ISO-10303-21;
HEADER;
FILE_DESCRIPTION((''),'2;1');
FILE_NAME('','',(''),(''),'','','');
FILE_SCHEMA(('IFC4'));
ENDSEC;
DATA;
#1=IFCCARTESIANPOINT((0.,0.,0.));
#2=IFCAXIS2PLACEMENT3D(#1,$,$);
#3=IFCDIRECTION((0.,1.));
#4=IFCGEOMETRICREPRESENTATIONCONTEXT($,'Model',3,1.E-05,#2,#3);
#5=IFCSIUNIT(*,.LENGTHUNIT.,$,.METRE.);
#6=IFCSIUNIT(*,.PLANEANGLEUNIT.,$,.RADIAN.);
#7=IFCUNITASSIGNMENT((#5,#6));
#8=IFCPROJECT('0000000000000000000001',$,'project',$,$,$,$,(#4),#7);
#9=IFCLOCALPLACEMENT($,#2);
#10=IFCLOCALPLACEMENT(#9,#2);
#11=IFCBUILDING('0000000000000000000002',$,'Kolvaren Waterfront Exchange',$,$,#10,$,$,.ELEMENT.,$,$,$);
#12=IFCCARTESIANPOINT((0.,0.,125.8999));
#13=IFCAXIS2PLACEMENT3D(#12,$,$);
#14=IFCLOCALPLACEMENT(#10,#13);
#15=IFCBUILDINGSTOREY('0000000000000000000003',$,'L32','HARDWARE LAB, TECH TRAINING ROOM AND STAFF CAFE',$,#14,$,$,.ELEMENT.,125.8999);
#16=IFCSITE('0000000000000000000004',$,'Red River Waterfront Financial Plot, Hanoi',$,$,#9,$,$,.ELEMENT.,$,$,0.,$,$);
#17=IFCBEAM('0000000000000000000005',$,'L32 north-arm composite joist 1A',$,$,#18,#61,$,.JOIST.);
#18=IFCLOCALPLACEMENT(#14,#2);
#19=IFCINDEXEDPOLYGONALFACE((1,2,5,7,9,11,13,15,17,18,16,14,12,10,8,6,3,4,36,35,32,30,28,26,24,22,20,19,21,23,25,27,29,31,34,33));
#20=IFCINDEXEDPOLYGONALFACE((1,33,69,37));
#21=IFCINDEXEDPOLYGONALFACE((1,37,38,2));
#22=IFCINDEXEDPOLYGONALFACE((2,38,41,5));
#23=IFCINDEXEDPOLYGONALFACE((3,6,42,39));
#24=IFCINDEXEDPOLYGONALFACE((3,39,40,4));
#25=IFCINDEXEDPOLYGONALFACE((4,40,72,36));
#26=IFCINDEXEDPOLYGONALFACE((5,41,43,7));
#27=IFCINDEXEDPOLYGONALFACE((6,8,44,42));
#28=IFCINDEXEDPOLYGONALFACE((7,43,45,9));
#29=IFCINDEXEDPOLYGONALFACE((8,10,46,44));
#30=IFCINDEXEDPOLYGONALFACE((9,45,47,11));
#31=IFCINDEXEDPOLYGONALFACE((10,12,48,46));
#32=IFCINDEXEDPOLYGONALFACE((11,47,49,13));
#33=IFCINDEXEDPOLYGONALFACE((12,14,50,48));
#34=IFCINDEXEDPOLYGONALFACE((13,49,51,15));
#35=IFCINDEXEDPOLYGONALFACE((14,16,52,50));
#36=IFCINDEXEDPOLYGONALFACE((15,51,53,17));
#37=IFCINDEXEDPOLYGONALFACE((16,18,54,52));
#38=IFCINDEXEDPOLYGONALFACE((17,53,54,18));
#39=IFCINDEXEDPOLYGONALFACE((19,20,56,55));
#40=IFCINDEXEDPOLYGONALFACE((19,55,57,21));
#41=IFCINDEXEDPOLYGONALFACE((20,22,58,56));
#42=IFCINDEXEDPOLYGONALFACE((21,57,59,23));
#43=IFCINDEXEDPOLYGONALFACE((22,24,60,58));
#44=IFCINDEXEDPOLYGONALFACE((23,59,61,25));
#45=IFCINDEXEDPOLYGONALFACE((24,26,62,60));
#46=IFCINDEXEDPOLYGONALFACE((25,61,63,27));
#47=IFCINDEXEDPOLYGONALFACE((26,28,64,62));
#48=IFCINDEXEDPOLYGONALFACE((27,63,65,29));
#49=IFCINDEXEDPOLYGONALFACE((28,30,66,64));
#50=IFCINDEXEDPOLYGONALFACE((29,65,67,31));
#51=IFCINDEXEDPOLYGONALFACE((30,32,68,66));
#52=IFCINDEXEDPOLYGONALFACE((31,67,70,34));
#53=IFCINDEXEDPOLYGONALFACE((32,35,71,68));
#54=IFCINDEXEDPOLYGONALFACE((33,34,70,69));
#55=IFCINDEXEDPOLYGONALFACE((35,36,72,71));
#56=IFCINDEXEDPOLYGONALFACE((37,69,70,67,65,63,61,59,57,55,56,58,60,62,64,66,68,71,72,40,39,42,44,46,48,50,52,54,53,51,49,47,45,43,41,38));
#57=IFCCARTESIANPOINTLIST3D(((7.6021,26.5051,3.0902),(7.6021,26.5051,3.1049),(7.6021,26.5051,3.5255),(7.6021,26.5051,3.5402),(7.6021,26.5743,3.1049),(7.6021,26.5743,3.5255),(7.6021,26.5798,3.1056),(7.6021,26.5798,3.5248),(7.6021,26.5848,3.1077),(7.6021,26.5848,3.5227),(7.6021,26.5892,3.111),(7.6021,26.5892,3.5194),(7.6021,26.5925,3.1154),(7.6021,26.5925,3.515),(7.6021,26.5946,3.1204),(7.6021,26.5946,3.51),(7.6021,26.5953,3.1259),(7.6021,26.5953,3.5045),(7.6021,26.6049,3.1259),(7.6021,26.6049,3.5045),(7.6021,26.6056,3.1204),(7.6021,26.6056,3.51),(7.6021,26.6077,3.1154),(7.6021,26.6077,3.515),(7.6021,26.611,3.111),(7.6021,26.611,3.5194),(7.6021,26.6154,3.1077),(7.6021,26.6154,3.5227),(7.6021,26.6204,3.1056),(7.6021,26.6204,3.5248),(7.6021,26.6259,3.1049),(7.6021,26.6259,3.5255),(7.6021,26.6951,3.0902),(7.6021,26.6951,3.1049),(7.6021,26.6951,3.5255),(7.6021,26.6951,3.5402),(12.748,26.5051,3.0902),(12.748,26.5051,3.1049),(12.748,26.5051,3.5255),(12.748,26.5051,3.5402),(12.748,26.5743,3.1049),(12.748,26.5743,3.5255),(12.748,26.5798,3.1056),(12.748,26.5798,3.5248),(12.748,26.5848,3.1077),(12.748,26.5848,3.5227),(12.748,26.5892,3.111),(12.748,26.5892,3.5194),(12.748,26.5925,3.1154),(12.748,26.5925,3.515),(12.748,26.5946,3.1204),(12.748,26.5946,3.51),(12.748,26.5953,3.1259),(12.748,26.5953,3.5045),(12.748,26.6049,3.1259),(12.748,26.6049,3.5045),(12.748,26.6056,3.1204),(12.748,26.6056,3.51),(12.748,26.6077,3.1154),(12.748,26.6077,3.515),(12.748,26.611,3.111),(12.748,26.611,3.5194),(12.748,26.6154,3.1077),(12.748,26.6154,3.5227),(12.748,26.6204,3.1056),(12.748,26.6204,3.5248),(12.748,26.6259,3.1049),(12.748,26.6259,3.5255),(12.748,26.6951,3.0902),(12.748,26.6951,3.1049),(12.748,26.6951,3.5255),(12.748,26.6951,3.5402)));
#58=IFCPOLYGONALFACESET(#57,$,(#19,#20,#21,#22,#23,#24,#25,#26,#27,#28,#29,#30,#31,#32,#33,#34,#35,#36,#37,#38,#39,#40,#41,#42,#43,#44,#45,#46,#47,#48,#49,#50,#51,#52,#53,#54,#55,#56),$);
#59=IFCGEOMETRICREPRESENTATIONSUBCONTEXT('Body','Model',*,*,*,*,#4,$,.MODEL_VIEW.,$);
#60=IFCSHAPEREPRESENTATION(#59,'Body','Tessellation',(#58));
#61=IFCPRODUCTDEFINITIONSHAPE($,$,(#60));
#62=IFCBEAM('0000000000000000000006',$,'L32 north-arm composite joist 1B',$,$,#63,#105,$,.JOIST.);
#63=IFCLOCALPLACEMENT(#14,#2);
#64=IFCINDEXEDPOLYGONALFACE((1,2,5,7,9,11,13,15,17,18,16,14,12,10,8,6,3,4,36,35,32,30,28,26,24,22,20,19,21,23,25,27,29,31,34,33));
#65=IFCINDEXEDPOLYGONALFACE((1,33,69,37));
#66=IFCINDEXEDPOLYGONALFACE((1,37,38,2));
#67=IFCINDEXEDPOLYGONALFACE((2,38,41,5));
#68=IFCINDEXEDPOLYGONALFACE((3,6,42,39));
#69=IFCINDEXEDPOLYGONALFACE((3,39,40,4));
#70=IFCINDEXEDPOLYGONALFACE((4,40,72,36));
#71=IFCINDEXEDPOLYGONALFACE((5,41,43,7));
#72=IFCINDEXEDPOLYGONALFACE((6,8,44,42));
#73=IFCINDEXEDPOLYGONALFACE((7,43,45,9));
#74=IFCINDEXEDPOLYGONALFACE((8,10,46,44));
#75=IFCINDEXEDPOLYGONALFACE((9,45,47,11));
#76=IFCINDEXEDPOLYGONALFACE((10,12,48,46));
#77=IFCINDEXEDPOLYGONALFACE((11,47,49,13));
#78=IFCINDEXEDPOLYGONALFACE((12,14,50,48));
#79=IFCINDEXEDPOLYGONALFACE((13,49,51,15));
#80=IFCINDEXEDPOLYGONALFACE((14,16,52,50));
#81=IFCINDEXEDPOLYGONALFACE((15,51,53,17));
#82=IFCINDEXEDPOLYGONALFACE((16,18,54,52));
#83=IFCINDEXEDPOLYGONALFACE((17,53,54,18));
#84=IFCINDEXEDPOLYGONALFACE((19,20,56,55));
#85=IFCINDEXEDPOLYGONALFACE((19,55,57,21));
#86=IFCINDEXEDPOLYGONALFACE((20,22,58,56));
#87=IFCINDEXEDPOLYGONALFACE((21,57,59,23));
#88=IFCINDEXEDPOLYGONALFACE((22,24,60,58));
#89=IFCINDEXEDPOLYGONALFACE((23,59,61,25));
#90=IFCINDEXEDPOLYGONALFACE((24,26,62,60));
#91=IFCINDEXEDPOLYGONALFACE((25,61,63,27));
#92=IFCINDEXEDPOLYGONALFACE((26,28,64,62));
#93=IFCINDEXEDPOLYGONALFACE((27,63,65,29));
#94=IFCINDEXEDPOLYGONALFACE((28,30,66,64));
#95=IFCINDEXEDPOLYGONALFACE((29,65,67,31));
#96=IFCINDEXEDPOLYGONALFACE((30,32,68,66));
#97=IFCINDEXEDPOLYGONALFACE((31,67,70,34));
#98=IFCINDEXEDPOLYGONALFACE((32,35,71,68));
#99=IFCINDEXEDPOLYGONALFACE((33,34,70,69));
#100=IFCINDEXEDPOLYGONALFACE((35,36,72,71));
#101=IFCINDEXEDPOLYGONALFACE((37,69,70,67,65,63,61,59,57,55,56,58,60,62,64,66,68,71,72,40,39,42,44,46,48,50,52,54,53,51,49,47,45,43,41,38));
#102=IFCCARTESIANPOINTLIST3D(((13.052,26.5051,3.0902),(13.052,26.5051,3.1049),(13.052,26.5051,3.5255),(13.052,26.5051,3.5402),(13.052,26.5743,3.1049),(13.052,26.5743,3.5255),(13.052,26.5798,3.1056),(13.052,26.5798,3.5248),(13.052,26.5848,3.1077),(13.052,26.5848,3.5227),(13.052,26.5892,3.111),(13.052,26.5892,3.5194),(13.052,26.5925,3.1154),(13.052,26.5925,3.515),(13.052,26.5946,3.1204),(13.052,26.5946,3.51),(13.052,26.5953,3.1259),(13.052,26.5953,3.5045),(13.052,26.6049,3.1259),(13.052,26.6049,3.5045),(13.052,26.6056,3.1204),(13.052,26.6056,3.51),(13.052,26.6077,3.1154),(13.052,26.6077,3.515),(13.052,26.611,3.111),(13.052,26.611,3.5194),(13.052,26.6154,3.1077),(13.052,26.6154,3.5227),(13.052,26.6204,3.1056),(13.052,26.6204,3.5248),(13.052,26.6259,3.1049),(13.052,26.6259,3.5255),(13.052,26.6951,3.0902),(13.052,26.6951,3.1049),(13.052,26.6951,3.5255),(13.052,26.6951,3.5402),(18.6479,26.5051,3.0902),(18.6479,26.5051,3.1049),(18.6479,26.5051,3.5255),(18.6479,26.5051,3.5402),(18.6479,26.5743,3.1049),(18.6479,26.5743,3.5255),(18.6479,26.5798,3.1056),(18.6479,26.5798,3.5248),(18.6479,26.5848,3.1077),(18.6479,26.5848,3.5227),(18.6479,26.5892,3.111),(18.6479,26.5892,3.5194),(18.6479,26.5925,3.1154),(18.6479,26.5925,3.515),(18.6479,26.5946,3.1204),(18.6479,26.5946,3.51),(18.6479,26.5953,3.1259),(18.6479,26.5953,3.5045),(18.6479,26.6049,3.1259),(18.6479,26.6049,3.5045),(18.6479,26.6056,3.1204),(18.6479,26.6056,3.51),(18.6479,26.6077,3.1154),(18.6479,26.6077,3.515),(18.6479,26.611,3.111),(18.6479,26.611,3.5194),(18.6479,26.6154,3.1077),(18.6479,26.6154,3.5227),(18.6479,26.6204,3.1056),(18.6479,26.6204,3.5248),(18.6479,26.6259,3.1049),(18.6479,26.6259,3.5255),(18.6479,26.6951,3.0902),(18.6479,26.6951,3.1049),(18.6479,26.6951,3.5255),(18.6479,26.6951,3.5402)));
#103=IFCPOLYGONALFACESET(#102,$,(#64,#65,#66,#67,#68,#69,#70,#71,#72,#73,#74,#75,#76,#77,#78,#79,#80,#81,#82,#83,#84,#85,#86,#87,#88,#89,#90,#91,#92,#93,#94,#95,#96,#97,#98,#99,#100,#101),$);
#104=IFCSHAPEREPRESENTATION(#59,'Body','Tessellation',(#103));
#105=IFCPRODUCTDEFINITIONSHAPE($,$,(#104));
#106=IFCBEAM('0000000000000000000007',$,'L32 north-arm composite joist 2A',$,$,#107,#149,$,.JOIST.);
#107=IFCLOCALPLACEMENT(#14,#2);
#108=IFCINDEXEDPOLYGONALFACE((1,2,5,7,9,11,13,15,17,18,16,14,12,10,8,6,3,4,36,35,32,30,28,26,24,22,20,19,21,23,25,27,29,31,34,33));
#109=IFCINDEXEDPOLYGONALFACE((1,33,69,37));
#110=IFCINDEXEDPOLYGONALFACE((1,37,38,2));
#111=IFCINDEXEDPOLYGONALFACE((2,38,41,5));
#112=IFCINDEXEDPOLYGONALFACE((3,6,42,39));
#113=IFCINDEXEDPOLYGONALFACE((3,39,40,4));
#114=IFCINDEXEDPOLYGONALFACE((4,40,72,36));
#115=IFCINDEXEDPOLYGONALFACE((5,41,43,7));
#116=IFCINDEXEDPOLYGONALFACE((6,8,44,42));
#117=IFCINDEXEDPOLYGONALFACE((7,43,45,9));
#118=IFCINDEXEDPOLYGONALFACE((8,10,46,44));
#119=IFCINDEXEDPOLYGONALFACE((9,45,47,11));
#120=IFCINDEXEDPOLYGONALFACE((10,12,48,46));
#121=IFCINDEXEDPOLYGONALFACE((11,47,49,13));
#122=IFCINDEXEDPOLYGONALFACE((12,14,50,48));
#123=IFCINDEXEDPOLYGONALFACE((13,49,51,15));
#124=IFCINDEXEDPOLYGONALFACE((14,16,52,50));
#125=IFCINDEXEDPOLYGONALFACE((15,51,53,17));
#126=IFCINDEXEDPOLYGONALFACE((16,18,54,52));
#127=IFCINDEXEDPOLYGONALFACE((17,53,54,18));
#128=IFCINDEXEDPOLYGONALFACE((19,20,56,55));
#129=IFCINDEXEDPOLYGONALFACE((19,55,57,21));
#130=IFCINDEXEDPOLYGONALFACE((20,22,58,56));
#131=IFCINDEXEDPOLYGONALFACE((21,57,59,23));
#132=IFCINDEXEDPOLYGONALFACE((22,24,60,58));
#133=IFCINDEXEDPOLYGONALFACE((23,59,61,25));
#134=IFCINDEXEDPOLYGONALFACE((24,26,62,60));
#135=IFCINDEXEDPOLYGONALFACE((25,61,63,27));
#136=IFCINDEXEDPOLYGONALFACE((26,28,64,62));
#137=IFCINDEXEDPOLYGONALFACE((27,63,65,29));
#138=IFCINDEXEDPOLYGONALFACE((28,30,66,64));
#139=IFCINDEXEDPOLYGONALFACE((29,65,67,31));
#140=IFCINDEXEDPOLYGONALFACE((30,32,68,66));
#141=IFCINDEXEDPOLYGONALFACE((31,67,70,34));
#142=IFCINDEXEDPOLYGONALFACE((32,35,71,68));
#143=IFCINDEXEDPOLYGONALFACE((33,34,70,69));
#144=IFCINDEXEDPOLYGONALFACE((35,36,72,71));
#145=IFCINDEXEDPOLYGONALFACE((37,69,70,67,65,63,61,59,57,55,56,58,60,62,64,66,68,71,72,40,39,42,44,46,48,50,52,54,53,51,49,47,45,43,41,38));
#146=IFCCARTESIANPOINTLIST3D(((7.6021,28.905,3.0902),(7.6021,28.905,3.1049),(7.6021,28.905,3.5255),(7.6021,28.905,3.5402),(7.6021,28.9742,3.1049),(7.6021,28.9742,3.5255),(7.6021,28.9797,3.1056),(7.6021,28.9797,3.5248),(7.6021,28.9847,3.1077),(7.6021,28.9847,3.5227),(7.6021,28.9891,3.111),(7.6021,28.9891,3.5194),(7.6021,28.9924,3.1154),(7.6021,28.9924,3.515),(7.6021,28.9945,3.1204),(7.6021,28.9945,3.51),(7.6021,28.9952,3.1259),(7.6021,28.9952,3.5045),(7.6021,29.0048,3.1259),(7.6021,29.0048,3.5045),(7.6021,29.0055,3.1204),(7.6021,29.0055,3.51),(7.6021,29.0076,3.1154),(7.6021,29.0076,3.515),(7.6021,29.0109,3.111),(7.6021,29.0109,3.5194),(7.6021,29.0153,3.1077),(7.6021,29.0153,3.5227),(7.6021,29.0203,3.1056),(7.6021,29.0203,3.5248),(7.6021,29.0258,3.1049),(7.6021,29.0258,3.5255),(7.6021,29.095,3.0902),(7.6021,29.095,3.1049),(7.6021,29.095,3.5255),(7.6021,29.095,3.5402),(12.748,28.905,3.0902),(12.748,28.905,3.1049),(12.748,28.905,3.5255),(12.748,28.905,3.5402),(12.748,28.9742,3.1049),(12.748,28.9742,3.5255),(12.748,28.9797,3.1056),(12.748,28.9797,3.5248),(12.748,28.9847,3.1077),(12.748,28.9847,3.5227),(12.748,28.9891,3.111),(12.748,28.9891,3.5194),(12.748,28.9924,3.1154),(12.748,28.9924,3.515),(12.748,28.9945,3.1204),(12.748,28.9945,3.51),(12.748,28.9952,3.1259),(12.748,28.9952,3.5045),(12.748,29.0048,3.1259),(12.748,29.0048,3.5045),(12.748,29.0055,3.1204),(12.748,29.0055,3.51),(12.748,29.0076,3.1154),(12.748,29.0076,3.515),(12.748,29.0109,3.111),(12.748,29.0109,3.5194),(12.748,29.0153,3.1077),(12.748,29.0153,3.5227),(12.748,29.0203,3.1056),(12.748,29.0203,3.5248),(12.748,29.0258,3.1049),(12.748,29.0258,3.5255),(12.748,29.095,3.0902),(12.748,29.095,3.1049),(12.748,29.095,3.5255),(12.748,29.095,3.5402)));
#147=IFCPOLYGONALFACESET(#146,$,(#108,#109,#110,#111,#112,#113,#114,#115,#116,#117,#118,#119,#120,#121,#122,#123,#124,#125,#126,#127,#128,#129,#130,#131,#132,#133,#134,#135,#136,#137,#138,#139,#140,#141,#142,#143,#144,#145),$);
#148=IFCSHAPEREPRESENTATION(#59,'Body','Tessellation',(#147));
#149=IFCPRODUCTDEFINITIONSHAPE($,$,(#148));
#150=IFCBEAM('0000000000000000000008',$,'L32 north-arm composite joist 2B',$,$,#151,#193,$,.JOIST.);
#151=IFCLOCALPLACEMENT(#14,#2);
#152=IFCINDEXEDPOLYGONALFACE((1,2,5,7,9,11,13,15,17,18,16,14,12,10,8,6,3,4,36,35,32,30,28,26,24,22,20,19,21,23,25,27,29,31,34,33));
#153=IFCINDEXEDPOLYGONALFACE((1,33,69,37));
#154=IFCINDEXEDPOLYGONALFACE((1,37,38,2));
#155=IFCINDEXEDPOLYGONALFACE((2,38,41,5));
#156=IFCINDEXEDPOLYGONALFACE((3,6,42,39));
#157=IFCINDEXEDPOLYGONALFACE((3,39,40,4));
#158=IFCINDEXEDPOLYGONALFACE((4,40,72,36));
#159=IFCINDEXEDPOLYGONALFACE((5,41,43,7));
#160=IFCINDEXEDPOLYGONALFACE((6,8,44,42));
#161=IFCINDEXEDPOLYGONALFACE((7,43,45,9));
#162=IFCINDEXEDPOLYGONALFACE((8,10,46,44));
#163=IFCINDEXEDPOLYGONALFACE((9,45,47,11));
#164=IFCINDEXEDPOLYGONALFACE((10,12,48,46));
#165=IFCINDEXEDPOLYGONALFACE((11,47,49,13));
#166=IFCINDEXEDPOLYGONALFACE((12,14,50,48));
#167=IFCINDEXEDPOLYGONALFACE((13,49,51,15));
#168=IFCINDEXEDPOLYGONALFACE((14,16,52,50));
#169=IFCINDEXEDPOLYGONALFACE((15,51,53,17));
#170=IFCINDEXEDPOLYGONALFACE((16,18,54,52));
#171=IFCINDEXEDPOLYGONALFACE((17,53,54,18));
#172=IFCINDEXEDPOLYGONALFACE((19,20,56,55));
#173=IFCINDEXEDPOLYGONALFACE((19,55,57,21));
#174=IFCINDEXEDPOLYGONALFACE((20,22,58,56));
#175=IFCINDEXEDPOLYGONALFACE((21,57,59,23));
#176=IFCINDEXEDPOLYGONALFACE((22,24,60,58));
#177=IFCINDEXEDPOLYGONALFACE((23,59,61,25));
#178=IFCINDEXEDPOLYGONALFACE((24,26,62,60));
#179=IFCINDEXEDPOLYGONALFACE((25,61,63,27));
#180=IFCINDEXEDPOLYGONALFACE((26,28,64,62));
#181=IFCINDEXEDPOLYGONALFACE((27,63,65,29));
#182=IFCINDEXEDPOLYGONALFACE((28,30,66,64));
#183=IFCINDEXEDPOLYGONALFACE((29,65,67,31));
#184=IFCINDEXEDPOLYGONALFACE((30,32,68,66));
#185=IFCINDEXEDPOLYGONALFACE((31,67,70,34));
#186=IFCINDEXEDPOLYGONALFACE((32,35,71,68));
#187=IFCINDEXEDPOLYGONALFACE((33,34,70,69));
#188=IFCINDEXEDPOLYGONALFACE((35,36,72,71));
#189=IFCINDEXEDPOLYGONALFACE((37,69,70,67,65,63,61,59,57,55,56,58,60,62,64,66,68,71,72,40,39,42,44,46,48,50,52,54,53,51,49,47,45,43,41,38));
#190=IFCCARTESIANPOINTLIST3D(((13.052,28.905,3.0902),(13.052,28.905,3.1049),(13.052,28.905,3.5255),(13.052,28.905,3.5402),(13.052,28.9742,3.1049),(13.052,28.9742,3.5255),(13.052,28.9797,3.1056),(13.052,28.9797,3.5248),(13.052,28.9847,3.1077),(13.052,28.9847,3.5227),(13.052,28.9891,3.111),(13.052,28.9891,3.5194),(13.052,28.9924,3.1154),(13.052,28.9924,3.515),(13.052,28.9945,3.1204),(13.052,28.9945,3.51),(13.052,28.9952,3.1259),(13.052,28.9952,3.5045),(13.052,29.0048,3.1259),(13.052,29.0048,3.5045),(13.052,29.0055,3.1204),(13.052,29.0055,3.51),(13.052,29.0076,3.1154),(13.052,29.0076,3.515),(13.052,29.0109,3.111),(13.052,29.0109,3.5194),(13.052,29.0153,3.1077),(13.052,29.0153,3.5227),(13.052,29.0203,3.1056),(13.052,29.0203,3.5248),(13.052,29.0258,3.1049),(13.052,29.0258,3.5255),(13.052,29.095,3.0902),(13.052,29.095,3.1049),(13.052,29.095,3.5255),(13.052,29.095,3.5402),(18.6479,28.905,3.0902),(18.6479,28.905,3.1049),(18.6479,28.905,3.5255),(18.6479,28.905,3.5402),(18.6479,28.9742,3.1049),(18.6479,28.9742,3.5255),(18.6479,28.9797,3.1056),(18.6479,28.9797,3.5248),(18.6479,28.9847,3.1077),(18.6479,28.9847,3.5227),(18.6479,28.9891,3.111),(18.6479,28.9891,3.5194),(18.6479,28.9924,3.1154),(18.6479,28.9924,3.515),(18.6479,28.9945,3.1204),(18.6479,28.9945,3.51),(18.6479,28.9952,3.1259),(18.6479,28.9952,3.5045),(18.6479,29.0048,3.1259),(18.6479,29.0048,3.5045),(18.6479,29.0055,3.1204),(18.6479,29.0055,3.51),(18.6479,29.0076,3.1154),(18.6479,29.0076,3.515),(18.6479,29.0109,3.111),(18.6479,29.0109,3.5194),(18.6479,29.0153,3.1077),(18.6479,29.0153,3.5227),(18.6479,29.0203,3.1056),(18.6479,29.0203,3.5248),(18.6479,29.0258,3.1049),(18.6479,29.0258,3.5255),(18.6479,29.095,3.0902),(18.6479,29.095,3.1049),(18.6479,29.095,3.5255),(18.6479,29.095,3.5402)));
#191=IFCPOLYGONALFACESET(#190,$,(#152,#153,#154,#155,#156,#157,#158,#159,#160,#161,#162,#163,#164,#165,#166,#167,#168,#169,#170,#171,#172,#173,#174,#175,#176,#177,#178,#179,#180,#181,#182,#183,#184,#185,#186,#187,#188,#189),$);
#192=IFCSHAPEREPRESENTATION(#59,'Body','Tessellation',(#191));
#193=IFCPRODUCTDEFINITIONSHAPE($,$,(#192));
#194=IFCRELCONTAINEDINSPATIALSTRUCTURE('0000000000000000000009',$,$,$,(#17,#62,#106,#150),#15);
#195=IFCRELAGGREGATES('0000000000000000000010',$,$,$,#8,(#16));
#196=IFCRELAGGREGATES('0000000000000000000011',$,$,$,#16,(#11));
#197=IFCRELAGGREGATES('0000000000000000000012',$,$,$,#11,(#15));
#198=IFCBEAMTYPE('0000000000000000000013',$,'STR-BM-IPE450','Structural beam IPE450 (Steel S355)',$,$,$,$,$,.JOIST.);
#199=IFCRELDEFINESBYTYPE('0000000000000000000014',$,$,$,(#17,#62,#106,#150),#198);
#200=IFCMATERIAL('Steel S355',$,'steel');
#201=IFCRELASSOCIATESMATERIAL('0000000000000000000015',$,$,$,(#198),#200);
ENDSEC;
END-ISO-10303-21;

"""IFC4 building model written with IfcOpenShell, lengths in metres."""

from ifc_helpers import new_model, si_unit, direction, frame, origin, origin_2d, place, context, subcontext, project, spatial, i_section, extrude, material, material_profile, profile_set, type_object, element, save


model = new_model("IFC4")

# Units and contexts
model_context = context("Model", 3, precision=1e-05, world=origin(), true_north=direction((0.0, 1.0)))
body_context = subcontext(model_context, "Body", "Model", "MODEL_VIEW")
ifc_project = project(units=[si_unit("LENGTHUNIT", "METRE"), si_unit("PLANEANGLEUNIT", "RADIAN")], contexts=[model_context])

# Site, building, storey
site_placement = place(None, origin())
site = spatial("IfcSite", under=ifc_project, at=site_placement, Name="Red River Waterfront Financial Plot, Hanoi", CompositionType="ELEMENT", RefElevation=0.0)
building_placement = place(site_placement, origin())
building = spatial("IfcBuilding", under=site, at=building_placement, Name="Kolvaren Waterfront Exchange", CompositionType="ELEMENT")
storey_placement = place(building_placement, frame((0.0, 0.0, 125.8999)))
storey = spatial("IfcBuildingStorey", under=building, at=storey_placement, Name="L32", Description="HARDWARE LAB, TECH TRAINING ROOM AND STAFF CAFE", CompositionType="ELEMENT", Elevation=125.8999)

# Beams
ifc_material_1 = material(Name="Steel S355", Category="steel")
ifc_material_profile_1 = material_profile(ifc_material_1, i_section(OverallWidth=0.1899, OverallDepth=0.45, WebThickness=0.0095, FlangeThickness=0.0146, FilletRadius=0.021, at=origin_2d()), Name="IPE450")
ifc_profile_set_1 = profile_set([ifc_material_profile_1], Name="Steel S355")
beam_type_1 = type_object("IfcBeamType", Name="STR-BM-IPE450", Description="Structural beam IPE450 (Steel S355)", PredefinedType="JOIST", material=ifc_profile_set_1)
beam_1_placement = place(storey_placement, frame((7.6021, 26.6001, 3.3152), z_axis=(1.0, 0.0, 0.0), x_axis=(0.0, 1.0, 0.0)))
element("IfcBeam", 1, at=beam_1_placement, inside=storey, type_object=beam_type_1, Name="L32 north-arm composite joist 1A", PredefinedType="JOIST", context=body_context, shape_type="SweptSolid", body=[
    extrude(i_section(OverallWidth=0.1899, OverallDepth=0.45, WebThickness=0.0095, FlangeThickness=0.0146, FilletRadius=0.021, at=origin_2d()), origin(), (0.0, 0.0, 1.0), 5.146),
])
beam_2_placement = place(storey_placement, frame((13.052, 26.6001, 3.3152), z_axis=(1.0, 0.0, 0.0), x_axis=(0.0, 1.0, 0.0)))
element("IfcBeam", 2, at=beam_2_placement, inside=storey, type_object=beam_type_1, Name="L32 north-arm composite joist 1B", PredefinedType="JOIST", context=body_context, shape_type="SweptSolid", body=[
    extrude(i_section(OverallWidth=0.1899, OverallDepth=0.45, WebThickness=0.0095, FlangeThickness=0.0146, FilletRadius=0.021, at=origin_2d()), origin(), (0.0, 0.0, 1.0), 5.5959),
])
beam_3_placement = place(storey_placement, frame((7.6021, 29.0, 3.3152), z_axis=(1.0, 0.0, 0.0), x_axis=(0.0, 1.0, 0.0)))
element("IfcBeam", 3, at=beam_3_placement, inside=storey, type_object=beam_type_1, Name="L32 north-arm composite joist 2A", PredefinedType="JOIST", context=body_context, shape_type="SweptSolid", body=[
    extrude(i_section(OverallWidth=0.1899, OverallDepth=0.45, WebThickness=0.0095, FlangeThickness=0.0146, FilletRadius=0.021, at=origin_2d()), origin(), (0.0, 0.0, 1.0), 5.146),
])
beam_4_placement = place(storey_placement, frame((13.052, 29.0, 3.3152), z_axis=(1.0, 0.0, 0.0), x_axis=(0.0, 1.0, 0.0)))
element("IfcBeam", 4, at=beam_4_placement, inside=storey, type_object=beam_type_1, Name="L32 north-arm composite joist 2B", PredefinedType="JOIST", context=body_context, shape_type="SweptSolid", body=[
    extrude(i_section(OverallWidth=0.1899, OverallDepth=0.45, WebThickness=0.0095, FlangeThickness=0.0146, FilletRadius=0.021, at=origin_2d()), origin(), (0.0, 0.0, 1.0), 5.5959),
])

save(model, "model.ifc")
